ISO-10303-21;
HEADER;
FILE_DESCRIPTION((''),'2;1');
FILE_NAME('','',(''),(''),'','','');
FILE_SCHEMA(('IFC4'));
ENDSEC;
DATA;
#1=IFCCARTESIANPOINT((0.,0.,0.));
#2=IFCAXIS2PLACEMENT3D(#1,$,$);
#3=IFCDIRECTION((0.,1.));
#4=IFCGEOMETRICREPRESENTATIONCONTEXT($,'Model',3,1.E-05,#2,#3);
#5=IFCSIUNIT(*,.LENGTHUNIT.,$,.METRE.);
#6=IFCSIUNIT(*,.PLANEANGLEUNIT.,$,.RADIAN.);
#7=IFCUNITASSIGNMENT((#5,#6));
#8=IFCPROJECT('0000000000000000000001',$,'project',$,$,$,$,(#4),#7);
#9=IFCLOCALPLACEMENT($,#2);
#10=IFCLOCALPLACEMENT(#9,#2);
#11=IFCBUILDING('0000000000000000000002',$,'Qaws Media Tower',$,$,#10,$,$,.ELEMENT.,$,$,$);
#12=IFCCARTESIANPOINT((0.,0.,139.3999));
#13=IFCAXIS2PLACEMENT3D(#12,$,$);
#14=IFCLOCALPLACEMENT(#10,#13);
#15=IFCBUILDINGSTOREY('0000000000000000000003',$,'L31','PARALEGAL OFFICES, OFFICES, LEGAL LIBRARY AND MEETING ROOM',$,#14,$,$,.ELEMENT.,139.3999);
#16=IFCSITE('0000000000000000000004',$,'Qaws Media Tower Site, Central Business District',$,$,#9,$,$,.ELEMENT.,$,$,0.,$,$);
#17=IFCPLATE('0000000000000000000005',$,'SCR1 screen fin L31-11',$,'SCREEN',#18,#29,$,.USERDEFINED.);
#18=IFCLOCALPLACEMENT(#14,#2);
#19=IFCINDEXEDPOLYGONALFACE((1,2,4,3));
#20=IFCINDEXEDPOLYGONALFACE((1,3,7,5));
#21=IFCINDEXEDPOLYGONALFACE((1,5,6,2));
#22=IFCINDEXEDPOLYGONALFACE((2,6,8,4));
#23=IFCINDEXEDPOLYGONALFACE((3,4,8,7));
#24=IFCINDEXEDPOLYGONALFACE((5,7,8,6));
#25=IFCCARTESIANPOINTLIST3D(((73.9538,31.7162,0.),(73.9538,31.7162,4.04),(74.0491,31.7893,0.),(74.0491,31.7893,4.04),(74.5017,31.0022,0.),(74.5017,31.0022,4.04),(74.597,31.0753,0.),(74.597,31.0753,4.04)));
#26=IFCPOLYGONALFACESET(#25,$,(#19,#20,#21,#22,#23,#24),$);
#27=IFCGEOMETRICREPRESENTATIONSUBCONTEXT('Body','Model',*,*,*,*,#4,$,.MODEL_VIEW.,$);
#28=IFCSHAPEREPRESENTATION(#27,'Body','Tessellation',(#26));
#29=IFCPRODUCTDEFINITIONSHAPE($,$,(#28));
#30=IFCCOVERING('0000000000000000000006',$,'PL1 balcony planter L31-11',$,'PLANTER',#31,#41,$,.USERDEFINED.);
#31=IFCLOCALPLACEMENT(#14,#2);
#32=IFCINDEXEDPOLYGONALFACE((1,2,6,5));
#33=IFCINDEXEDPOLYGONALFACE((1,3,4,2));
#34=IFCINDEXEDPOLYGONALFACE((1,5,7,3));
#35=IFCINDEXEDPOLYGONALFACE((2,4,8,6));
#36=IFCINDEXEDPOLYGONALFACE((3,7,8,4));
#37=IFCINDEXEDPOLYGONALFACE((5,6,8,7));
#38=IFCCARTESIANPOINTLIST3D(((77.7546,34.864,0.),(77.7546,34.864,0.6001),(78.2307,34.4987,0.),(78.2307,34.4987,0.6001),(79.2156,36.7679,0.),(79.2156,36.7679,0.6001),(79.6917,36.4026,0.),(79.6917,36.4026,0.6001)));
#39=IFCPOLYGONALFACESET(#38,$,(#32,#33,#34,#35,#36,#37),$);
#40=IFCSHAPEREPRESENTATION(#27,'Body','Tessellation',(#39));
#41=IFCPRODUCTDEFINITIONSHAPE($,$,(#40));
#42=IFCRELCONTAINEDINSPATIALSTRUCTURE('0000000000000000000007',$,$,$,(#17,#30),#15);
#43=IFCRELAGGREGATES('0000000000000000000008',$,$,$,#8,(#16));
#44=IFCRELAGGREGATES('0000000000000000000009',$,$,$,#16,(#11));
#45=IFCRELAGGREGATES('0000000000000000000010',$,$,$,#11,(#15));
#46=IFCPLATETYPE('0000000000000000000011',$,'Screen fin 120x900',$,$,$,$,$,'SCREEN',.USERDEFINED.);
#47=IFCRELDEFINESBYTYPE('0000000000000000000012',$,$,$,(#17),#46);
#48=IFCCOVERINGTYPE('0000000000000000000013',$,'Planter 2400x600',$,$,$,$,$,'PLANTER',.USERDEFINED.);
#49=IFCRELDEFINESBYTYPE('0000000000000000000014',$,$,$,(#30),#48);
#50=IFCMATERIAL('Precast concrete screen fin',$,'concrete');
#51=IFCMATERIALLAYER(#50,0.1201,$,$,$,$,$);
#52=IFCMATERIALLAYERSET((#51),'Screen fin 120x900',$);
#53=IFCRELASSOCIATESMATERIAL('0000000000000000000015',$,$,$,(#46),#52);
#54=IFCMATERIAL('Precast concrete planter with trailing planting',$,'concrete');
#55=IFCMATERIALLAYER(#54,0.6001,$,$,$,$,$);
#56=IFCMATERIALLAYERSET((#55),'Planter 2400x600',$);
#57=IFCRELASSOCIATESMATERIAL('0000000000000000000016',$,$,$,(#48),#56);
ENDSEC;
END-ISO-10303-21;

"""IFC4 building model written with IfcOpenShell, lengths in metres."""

from ifc_helpers import new_model, si_unit, direction, frame, origin, origin_2d, place, context, subcontext, project, spatial, rectangle, extrude, material, layer, layer_set, type_object, element, save


model = new_model("IFC4")

# Units and contexts
model_context = context("Model", 3, precision=1e-05, world=origin(), true_north=direction((0.0, 1.0)))
body_context = subcontext(model_context, "Body", "Model", "MODEL_VIEW")
ifc_project = project(units=[si_unit("LENGTHUNIT", "METRE"), si_unit("PLANEANGLEUNIT", "RADIAN")], contexts=[model_context])

# Site, building, storey
site_placement = place(None, origin())
site = spatial("IfcSite", under=ifc_project, at=site_placement, Name="Qaws Media Tower Site, Central Business District", CompositionType="ELEMENT", RefElevation=0.0)
building_placement = place(site_placement, origin())
building = spatial("IfcBuilding", under=site, at=building_placement, Name="Qaws Media Tower", CompositionType="ELEMENT")
storey_placement = place(building_placement, frame((0.0, 0.0, 139.3999)))
storey = spatial("IfcBuildingStorey", under=building, at=storey_placement, Name="L31", Description="PARALEGAL OFFICES, OFFICES, LEGAL LIBRARY AND MEETING ROOM", CompositionType="ELEMENT", Elevation=139.3999)

# Plate
ifc_material_1 = material(Name="Precast concrete screen fin", Category="concrete")
ifc_layer_1 = layer(ifc_material_1, 0.1201)
ifc_layer_set_1 = layer_set([ifc_layer_1], Name="Screen fin 120x900")
plate_type_1 = type_object("IfcPlateType", Name="Screen fin 120x900", ElementType="SCREEN", PredefinedType="USERDEFINED", material=ifc_layer_set_1)
plate_1_placement = place(storey_placement, frame((74.2754, 31.3958, 0.0), z_axis=(0.0, 0.0, 1.0), x_axis=(0.608761, -0.793353, 0.0)))
element("IfcPlate", 1, at=plate_1_placement, inside=storey, type_object=plate_type_1, Name="SCR1 screen fin L31-11", ObjectType="SCREEN", PredefinedType="USERDEFINED", context=body_context, shape_type="SweptSolid", body=[
    extrude(rectangle(XDim=0.8999, YDim=0.1201, at=origin_2d()), origin(), (0.0, 0.0, 1.0), 4.04),
])

# Covering
ifc_material_2 = material(Name="Precast concrete planter with trailing planting", Category="concrete")
ifc_layer_2 = layer(ifc_material_2, 0.6001)
ifc_layer_set_2 = layer_set([ifc_layer_2], Name="Planter 2400x600")
covering_type = type_object("IfcCoveringType", Name="Planter 2400x600", ElementType="PLANTER", PredefinedType="USERDEFINED", material=ifc_layer_set_2)
covering_placement = place(storey_placement, frame((78.7231, 35.6333, 0.0), z_axis=(0.0, 0.0, 1.0), x_axis=(0.608761, 0.793353, 0.0)))
element("IfcCovering", 2, at=covering_placement, inside=storey, type_object=covering_type, Name="PL1 balcony planter L31-11", ObjectType="PLANTER", PredefinedType="USERDEFINED", context=body_context, shape_type="SweptSolid", body=[
    extrude(rectangle(XDim=2.3999, YDim=0.6001, at=origin_2d()), origin(), (0.0, 0.0, 1.0), 0.6001),
])

save(model, "model.ifc")
